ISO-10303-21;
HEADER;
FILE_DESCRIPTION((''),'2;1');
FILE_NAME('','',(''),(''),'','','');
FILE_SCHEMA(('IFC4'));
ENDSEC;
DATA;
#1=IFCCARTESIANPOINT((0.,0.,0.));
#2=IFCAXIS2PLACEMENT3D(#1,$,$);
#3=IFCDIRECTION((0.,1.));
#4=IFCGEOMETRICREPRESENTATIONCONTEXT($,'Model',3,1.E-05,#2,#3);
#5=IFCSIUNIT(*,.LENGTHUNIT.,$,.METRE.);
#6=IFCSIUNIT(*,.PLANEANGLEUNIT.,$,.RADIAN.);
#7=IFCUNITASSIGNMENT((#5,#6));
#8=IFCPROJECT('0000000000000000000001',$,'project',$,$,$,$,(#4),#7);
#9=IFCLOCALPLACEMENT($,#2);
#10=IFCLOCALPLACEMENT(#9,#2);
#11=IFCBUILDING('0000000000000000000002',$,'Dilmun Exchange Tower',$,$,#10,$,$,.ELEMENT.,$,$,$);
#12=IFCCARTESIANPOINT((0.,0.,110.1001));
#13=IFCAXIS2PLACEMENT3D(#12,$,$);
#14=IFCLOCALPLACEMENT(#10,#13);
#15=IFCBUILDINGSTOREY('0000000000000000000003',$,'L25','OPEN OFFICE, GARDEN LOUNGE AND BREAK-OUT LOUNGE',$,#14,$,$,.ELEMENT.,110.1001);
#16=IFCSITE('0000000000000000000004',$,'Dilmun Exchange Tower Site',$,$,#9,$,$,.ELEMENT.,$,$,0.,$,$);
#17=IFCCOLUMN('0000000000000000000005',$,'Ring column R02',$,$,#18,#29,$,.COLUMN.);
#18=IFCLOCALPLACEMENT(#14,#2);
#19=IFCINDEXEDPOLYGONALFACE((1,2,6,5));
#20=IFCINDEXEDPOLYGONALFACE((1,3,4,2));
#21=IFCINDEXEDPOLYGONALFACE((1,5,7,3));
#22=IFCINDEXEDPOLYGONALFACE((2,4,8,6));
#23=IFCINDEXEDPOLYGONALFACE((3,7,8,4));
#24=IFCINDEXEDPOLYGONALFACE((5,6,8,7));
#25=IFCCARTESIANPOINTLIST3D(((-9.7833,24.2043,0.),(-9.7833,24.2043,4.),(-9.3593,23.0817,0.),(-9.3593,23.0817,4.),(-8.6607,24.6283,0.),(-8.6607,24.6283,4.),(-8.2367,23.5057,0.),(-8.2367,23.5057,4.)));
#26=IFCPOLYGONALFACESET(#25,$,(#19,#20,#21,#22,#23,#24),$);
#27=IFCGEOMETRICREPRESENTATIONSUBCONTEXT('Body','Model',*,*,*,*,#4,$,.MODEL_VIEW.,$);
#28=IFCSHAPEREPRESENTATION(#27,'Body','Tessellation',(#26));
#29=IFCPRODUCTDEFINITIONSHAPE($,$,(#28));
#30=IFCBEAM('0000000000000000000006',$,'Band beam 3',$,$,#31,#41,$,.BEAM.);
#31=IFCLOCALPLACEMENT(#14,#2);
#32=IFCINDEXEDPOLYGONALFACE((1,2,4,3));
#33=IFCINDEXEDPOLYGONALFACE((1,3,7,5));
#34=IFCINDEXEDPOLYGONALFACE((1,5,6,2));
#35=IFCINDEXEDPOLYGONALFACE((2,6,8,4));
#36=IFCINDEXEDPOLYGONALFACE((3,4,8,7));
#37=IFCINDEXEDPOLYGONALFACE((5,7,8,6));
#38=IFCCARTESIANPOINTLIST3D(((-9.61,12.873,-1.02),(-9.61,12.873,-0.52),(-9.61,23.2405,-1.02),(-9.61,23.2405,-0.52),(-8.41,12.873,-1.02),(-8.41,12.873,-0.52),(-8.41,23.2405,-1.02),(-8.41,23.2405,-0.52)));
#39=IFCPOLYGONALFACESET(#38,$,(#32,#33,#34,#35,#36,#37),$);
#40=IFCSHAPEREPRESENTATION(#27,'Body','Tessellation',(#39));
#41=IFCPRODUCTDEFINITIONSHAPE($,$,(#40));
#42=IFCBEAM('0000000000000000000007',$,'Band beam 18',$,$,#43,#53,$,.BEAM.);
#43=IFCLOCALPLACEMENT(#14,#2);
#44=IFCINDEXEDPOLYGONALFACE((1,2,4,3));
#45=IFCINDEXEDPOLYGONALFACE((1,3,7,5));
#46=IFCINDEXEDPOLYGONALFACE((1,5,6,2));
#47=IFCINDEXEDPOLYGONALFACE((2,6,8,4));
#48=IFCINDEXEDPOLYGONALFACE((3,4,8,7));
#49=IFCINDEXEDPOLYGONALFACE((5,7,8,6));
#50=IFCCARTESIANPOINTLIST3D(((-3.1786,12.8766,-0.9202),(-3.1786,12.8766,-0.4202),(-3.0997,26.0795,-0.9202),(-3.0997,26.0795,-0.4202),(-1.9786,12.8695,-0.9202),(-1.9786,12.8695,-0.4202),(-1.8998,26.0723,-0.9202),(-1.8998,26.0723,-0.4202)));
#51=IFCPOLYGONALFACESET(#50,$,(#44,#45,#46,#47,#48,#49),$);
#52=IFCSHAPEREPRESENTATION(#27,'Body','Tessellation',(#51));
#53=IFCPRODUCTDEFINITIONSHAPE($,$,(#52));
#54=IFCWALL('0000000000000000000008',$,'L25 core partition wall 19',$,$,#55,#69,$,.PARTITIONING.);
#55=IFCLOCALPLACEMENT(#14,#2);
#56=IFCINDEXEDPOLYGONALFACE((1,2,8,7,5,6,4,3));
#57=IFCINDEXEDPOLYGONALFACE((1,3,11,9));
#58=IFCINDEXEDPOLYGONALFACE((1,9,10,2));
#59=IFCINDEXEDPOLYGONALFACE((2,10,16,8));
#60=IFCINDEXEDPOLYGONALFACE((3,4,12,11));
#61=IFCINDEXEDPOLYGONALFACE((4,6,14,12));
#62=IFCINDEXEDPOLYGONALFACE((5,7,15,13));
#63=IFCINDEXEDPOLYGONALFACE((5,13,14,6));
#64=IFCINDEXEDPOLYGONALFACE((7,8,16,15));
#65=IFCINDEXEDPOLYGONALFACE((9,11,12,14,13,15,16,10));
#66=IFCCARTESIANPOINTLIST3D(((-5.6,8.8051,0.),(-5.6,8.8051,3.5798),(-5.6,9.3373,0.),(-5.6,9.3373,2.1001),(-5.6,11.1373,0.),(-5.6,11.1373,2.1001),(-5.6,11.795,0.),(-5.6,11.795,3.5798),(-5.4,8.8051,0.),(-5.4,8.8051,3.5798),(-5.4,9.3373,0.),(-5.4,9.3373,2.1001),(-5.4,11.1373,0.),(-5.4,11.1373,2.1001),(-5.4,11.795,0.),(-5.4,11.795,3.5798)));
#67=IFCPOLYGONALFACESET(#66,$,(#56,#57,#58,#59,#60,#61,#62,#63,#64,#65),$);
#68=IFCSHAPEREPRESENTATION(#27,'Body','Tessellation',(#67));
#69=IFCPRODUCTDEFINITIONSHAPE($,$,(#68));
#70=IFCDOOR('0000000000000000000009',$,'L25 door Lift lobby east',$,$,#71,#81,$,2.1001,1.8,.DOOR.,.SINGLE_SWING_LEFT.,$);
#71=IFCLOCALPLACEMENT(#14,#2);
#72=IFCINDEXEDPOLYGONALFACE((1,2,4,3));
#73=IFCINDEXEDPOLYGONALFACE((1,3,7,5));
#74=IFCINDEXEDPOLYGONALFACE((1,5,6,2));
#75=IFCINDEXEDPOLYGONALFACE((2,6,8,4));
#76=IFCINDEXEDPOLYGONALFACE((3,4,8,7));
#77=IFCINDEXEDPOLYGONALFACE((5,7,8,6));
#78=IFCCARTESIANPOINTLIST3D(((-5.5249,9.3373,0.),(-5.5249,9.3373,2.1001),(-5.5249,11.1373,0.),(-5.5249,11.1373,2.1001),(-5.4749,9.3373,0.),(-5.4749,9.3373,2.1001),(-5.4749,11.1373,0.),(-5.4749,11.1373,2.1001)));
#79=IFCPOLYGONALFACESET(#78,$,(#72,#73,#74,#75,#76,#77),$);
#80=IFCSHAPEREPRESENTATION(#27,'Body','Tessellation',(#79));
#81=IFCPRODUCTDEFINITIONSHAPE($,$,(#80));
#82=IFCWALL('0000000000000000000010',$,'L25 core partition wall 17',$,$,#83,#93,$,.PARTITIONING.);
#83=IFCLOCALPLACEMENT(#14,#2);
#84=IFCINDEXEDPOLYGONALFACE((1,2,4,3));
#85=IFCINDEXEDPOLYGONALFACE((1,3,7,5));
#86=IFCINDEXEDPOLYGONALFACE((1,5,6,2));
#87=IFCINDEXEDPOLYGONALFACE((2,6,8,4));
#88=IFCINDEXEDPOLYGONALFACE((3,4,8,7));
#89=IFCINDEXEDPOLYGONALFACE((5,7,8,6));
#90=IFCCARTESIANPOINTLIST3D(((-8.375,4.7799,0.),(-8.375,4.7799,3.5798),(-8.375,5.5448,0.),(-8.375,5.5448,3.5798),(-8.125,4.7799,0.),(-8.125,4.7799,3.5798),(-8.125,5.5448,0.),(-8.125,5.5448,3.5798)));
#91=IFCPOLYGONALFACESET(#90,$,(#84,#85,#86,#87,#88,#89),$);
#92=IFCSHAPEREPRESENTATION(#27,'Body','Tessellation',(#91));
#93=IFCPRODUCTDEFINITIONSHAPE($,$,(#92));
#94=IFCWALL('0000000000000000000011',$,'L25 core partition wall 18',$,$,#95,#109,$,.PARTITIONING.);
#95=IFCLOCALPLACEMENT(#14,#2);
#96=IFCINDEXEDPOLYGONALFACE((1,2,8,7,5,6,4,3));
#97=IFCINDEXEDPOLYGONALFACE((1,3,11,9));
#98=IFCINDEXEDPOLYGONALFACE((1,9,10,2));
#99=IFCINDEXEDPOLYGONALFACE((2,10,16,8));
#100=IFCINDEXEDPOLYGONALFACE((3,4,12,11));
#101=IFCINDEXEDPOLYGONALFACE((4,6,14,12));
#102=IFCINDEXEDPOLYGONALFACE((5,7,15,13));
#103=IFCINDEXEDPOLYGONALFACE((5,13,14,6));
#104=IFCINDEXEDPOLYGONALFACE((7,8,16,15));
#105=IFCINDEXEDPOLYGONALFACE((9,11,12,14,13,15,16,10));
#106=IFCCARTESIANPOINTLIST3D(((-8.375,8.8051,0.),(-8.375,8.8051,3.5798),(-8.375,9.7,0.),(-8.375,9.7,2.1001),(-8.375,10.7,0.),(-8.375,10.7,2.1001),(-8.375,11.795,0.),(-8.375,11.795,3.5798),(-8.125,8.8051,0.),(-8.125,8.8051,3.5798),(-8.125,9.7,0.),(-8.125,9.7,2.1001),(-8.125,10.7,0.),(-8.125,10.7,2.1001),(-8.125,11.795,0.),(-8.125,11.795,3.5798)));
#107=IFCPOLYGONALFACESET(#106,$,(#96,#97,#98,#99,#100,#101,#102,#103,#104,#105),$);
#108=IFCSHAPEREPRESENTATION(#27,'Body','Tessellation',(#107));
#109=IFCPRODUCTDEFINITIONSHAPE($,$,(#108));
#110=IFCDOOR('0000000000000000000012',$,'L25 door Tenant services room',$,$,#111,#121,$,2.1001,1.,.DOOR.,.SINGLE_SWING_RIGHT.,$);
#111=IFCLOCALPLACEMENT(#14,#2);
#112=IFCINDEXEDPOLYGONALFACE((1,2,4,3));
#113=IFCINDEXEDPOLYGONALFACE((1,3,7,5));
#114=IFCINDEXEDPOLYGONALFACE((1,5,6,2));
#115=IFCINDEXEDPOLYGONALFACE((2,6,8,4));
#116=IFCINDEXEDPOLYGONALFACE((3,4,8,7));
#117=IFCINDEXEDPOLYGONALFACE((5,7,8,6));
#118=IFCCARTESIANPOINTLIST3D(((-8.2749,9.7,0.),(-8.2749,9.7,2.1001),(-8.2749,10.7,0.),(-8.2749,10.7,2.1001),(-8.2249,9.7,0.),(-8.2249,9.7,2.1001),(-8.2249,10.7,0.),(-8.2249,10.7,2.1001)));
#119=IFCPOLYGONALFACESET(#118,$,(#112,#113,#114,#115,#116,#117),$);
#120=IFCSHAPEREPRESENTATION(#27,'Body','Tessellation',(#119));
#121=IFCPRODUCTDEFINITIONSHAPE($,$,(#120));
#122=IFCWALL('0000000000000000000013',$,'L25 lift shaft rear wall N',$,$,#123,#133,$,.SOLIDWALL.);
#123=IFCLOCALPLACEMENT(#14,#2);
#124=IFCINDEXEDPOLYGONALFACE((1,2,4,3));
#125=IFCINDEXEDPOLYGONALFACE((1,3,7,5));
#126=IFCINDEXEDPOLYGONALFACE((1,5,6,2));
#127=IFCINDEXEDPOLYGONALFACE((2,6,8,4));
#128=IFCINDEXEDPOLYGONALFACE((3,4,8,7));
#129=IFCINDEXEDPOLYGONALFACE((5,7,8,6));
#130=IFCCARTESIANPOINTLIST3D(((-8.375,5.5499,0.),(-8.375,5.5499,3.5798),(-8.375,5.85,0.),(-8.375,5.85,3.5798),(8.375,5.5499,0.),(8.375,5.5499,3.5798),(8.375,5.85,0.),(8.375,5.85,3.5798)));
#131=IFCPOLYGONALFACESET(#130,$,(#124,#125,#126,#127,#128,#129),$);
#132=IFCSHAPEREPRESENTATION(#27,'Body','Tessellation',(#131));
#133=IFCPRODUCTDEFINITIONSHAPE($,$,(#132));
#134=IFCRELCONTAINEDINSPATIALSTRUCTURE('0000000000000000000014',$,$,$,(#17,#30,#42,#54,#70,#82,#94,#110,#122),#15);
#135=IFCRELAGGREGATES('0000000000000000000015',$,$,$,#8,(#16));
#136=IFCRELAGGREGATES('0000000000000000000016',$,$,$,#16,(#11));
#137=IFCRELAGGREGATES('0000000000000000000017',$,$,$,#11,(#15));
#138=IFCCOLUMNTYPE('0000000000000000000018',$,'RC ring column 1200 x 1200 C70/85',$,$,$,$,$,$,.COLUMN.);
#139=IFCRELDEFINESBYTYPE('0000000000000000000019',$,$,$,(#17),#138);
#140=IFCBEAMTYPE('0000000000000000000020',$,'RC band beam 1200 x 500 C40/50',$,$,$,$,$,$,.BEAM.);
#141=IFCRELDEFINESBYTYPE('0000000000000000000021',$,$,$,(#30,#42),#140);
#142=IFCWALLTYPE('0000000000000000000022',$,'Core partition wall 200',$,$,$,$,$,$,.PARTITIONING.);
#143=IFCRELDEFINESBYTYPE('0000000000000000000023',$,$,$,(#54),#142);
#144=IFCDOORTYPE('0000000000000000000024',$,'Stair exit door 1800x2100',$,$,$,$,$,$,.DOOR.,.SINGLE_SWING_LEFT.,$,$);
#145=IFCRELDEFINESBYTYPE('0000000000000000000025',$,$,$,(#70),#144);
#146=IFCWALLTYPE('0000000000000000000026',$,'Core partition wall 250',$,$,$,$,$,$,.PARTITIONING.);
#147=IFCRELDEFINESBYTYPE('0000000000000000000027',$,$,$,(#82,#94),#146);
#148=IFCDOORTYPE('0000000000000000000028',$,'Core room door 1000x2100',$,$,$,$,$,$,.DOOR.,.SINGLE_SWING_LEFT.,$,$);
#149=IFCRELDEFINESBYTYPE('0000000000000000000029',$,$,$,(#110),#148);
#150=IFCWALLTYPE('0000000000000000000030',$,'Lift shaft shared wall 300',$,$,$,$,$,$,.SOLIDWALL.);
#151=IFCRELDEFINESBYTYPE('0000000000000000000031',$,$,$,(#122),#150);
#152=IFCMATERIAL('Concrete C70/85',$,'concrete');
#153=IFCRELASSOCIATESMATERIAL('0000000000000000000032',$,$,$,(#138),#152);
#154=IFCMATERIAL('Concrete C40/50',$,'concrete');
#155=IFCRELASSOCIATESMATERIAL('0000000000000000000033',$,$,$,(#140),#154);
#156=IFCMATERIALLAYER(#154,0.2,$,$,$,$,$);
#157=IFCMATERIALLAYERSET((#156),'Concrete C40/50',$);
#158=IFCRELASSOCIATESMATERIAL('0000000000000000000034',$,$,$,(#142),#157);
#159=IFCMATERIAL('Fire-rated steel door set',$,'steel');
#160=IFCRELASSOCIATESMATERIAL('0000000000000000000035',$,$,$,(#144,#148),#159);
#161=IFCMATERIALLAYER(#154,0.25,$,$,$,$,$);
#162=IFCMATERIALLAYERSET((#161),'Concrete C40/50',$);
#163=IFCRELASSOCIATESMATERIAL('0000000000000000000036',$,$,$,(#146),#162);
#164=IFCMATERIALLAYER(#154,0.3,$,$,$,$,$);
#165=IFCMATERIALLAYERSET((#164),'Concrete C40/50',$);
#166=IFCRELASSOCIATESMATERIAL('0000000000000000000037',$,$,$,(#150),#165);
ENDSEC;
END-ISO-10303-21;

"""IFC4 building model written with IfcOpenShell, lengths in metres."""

from ifc_helpers import new_model, si_unit, direction, frame, frame_2d, origin, origin_2d, place, context, subcontext, project, spatial, rectangle, extrude, material, layer, layer_set, material_profile, profile_set, type_object, element, fill, save


model = new_model("IFC4")

# Units and contexts
model_context = context("Model", 3, precision=1e-05, world=origin(), true_north=direction((0.0, 1.0)))
body_context = subcontext(model_context, "Body", "Model", "MODEL_VIEW")
ifc_project = project(units=[si_unit("LENGTHUNIT", "METRE"), si_unit("PLANEANGLEUNIT", "RADIAN")], contexts=[model_context])

# Site, building, storey
site_placement = place(None, origin())
site = spatial("IfcSite", under=ifc_project, at=site_placement, Name="Dilmun Exchange Tower Site", CompositionType="ELEMENT", RefElevation=0.0)
building_placement = place(site_placement, origin())
building = spatial("IfcBuilding", under=site, at=building_placement, Name="Dilmun Exchange Tower", CompositionType="ELEMENT")
storey_placement = place(building_placement, frame((0.0, 0.0, 110.1001)))
storey = spatial("IfcBuildingStorey", under=building, at=storey_placement, Name="L25", Description="OPEN OFFICE, GARDEN LOUNGE AND BREAK-OUT LOUNGE", CompositionType="ELEMENT", Elevation=110.1001)

# Column
ifc_material_1 = material(Name="Concrete C70/85", Category="concrete")
ifc_material_profile_1 = material_profile(ifc_material_1, rectangle(XDim=1.2, YDim=1.2, at=origin_2d()), Name="1200 x 1200")
ifc_profile_set_1 = profile_set([ifc_material_profile_1], Name="Concrete C70/85")
column_type = type_object("IfcColumnType", Name="RC ring column 1200 x 1200 C70/85", PredefinedType="COLUMN", material=ifc_profile_set_1)
column_placement = place(storey_placement, frame((-9.01, 23.855, 0.0), z_axis=(0.0, 0.0, 1.0), x_axis=(0.935492, 0.353349, 0.0)))
element("IfcColumn", 1, at=column_placement, inside=storey, type_object=column_type, Name="Ring column R02", PredefinedType="COLUMN", context=body_context, shape_type="SweptSolid", body=[
    extrude(rectangle(XDim=1.2, YDim=1.2, at=origin_2d()), origin(), (0.0, 0.0, 1.0), 4.0),
])

# Beams
ifc_material_2 = material(Name="Concrete C40/50", Category="concrete")
ifc_material_profile_2 = material_profile(ifc_material_2, rectangle(XDim=1.2, YDim=0.5, at=origin_2d()), Name="1200 x 500")
ifc_profile_set_2 = profile_set([ifc_material_profile_2], Name="Concrete C40/50")
beam_type = type_object("IfcBeamType", Name="RC band beam 1200 x 500 C40/50", PredefinedType="BEAM", material=ifc_profile_set_2)
beam_1_placement = place(storey_placement, frame((-9.01, 23.2405, -0.77), z_axis=(0.0, -1.0, 0.0), x_axis=(1.0, 0.0, 0.0)))
element("IfcBeam", 2, at=beam_1_placement, inside=storey, type_object=beam_type, Name="Band beam 3", PredefinedType="BEAM", context=body_context, shape_type="SweptSolid", body=[
    extrude(rectangle(XDim=1.2, YDim=0.5, at=origin_2d()), origin(), (0.0, 0.0, 1.0), 10.3674),
])
beam_2_placement = place(storey_placement, frame((-2.4998, 26.0759, -0.6702), z_axis=(-0.005973, -0.999982, 0.0), x_axis=(0.999982, -0.005973, 0.0)))
element("IfcBeam", 3, at=beam_2_placement, inside=storey, type_object=beam_type, Name="Band beam 18", PredefinedType="BEAM", context=body_context, shape_type="SweptSolid", body=[
    extrude(rectangle(XDim=1.2, YDim=0.5, at=origin_2d()), origin(), (0.0, 0.0, 1.0), 13.2031),
])

# Wall, opening, door
ifc_layer_1 = layer(ifc_material_2, 0.2)
ifc_layer_set_1 = layer_set([ifc_layer_1], Name="Concrete C40/50")
wall_type_1 = type_object("IfcWallType", Name="Core partition wall 200", PredefinedType="PARTITIONING", material=ifc_layer_set_1)
wall_1_placement = place(storey_placement, frame((-5.5, 8.8049, 0.0), z_axis=(0.0, 0.0, 1.0), x_axis=(0.0, 1.0, 0.0)))
wall_1 = element("IfcWall", 4, at=wall_1_placement, inside=storey, type_object=wall_type_1, Name="L25 core partition wall 19", PredefinedType="PARTITIONING", context=body_context, shape_type="SweptSolid", body=[
    extrude(rectangle(XDim=2.99, YDim=0.2, at=frame_2d((1.4951, 0.0))), origin(), (0.0, 0.0, 1.0), 3.5798),
])
opening_1_placement = place(wall_1_placement, frame((0.5325, 0.0, 0.0)))
opening_1 = element("IfcOpeningElement", 5, at=opening_1_placement, cuts=wall_1, PredefinedType="OPENING", context=body_context, shape_type="SweptSolid", body=[
    extrude(rectangle(XDim=1.8, YDim=2.1001, at=frame_2d((0.8999, 1.05))), frame((0.0, 0.1099, 0.0), z_axis=(0.0, -1.0, 0.0), x_axis=(1.0, 0.0, 0.0)), (0.0, 0.0, 1.0), 0.22),
])
ifc_material_3 = material(Name="Fire-rated steel door set", Category="steel")
door_type_1 = type_object("IfcDoorType", Name="Stair exit door 1800x2100", OperationType="SINGLE_SWING_LEFT", PredefinedType="DOOR", material=ifc_material_3)
door_1_placement = place(opening_1_placement, origin())
door_1 = element("IfcDoor", 6, at=door_1_placement, inside=storey, type_object=door_type_1, Name="L25 door Lift lobby east", OperationType="SINGLE_SWING_LEFT", OverallHeight=2.1001, OverallWidth=1.8, PredefinedType="DOOR", context=body_context, shape_type="SweptSolid", body=[
    extrude(rectangle(XDim=1.8, YDim=2.1001, at=frame_2d((0.8999, 1.05))), frame((0.0, 0.0249, 0.0), z_axis=(0.0, -1.0, 0.0), x_axis=(1.0, 0.0, 0.0)), (0.0, 0.0, 1.0), 0.05),
])
fill(opening_1, door_1)

# Wall
ifc_layer_2 = layer(ifc_material_2, 0.25)
ifc_layer_set_2 = layer_set([ifc_layer_2], Name="Concrete C40/50")
wall_type_2 = type_object("IfcWallType", Name="Core partition wall 250", PredefinedType="PARTITIONING", material=ifc_layer_set_2)
wall_2_placement = place(storey_placement, frame((-8.25, 4.78, 0.0), z_axis=(0.0, 0.0, 1.0), x_axis=(0.0, 1.0, 0.0)))
element("IfcWall", 7, at=wall_2_placement, inside=storey, type_object=wall_type_2, Name="L25 core partition wall 17", PredefinedType="PARTITIONING", context=body_context, shape_type="SweptSolid", body=[
    extrude(rectangle(XDim=0.7649, YDim=0.25, at=frame_2d((0.3823, 0.0))), origin(), (0.0, 0.0, 1.0), 3.5798),
])

# Wall, opening, door
wall_3_placement = place(storey_placement, frame((-8.25, 8.8049, 0.0), z_axis=(0.0, 0.0, 1.0), x_axis=(0.0, 1.0, 0.0)))
wall_3 = element("IfcWall", 8, at=wall_3_placement, inside=storey, type_object=wall_type_2, Name="L25 core partition wall 18", PredefinedType="PARTITIONING", context=body_context, shape_type="SweptSolid", body=[
    extrude(rectangle(XDim=2.99, YDim=0.25, at=frame_2d((1.4951, 0.0))), origin(), (0.0, 0.0, 1.0), 3.5798),
])
opening_2_placement = place(wall_3_placement, frame((0.895, 0.0, 0.0)))
opening_2 = element("IfcOpeningElement", 9, at=opening_2_placement, cuts=wall_3, PredefinedType="OPENING", context=body_context, shape_type="SweptSolid", body=[
    extrude(rectangle(XDim=1.0, YDim=2.1001, at=frame_2d((0.5, 1.05))), frame((0.0, 0.135, 0.0), z_axis=(0.0, -1.0, 0.0), x_axis=(1.0, 0.0, 0.0)), (0.0, 0.0, 1.0), 0.27),
])
door_type_2 = type_object("IfcDoorType", Name="Core room door 1000x2100", OperationType="SINGLE_SWING_LEFT", PredefinedType="DOOR", material=ifc_material_3)
door_2_placement = place(opening_2_placement, origin())
door_2 = element("IfcDoor", 10, at=door_2_placement, inside=storey, type_object=door_type_2, Name="L25 door Tenant services room", OperationType="SINGLE_SWING_RIGHT", OverallHeight=2.1001, OverallWidth=1.0, PredefinedType="DOOR", context=body_context, shape_type="SweptSolid", body=[
    extrude(rectangle(XDim=1.0, YDim=2.1001, at=frame_2d((0.5, 1.05))), frame((0.0, 0.0249, 0.0), z_axis=(0.0, -1.0, 0.0), x_axis=(1.0, 0.0, 0.0)), (0.0, 0.0, 1.0), 0.05),
])
fill(opening_2, door_2)

# Wall
ifc_layer_3 = layer(ifc_material_2, 0.3)
ifc_layer_set_3 = layer_set([ifc_layer_3], Name="Concrete C40/50")
wall_type_3 = type_object("IfcWallType", Name="Lift shaft shared wall 300", PredefinedType="SOLIDWALL", material=ifc_layer_set_3)
wall_4_placement = place(storey_placement, frame((-8.375, 5.7, 0.0), z_axis=(0.0, 0.0, 1.0), x_axis=(1.0, 0.0, 0.0)))
element("IfcWall", 11, at=wall_4_placement, inside=storey, type_object=wall_type_3, Name="L25 lift shaft rear wall N", PredefinedType="SOLIDWALL", context=body_context, shape_type="SweptSolid", body=[
    extrude(rectangle(XDim=16.75, YDim=0.3, at=frame_2d((8.375, 0.0))), origin(), (0.0, 0.0, 1.0), 3.5798),
])

save(model, "model.ifc")
